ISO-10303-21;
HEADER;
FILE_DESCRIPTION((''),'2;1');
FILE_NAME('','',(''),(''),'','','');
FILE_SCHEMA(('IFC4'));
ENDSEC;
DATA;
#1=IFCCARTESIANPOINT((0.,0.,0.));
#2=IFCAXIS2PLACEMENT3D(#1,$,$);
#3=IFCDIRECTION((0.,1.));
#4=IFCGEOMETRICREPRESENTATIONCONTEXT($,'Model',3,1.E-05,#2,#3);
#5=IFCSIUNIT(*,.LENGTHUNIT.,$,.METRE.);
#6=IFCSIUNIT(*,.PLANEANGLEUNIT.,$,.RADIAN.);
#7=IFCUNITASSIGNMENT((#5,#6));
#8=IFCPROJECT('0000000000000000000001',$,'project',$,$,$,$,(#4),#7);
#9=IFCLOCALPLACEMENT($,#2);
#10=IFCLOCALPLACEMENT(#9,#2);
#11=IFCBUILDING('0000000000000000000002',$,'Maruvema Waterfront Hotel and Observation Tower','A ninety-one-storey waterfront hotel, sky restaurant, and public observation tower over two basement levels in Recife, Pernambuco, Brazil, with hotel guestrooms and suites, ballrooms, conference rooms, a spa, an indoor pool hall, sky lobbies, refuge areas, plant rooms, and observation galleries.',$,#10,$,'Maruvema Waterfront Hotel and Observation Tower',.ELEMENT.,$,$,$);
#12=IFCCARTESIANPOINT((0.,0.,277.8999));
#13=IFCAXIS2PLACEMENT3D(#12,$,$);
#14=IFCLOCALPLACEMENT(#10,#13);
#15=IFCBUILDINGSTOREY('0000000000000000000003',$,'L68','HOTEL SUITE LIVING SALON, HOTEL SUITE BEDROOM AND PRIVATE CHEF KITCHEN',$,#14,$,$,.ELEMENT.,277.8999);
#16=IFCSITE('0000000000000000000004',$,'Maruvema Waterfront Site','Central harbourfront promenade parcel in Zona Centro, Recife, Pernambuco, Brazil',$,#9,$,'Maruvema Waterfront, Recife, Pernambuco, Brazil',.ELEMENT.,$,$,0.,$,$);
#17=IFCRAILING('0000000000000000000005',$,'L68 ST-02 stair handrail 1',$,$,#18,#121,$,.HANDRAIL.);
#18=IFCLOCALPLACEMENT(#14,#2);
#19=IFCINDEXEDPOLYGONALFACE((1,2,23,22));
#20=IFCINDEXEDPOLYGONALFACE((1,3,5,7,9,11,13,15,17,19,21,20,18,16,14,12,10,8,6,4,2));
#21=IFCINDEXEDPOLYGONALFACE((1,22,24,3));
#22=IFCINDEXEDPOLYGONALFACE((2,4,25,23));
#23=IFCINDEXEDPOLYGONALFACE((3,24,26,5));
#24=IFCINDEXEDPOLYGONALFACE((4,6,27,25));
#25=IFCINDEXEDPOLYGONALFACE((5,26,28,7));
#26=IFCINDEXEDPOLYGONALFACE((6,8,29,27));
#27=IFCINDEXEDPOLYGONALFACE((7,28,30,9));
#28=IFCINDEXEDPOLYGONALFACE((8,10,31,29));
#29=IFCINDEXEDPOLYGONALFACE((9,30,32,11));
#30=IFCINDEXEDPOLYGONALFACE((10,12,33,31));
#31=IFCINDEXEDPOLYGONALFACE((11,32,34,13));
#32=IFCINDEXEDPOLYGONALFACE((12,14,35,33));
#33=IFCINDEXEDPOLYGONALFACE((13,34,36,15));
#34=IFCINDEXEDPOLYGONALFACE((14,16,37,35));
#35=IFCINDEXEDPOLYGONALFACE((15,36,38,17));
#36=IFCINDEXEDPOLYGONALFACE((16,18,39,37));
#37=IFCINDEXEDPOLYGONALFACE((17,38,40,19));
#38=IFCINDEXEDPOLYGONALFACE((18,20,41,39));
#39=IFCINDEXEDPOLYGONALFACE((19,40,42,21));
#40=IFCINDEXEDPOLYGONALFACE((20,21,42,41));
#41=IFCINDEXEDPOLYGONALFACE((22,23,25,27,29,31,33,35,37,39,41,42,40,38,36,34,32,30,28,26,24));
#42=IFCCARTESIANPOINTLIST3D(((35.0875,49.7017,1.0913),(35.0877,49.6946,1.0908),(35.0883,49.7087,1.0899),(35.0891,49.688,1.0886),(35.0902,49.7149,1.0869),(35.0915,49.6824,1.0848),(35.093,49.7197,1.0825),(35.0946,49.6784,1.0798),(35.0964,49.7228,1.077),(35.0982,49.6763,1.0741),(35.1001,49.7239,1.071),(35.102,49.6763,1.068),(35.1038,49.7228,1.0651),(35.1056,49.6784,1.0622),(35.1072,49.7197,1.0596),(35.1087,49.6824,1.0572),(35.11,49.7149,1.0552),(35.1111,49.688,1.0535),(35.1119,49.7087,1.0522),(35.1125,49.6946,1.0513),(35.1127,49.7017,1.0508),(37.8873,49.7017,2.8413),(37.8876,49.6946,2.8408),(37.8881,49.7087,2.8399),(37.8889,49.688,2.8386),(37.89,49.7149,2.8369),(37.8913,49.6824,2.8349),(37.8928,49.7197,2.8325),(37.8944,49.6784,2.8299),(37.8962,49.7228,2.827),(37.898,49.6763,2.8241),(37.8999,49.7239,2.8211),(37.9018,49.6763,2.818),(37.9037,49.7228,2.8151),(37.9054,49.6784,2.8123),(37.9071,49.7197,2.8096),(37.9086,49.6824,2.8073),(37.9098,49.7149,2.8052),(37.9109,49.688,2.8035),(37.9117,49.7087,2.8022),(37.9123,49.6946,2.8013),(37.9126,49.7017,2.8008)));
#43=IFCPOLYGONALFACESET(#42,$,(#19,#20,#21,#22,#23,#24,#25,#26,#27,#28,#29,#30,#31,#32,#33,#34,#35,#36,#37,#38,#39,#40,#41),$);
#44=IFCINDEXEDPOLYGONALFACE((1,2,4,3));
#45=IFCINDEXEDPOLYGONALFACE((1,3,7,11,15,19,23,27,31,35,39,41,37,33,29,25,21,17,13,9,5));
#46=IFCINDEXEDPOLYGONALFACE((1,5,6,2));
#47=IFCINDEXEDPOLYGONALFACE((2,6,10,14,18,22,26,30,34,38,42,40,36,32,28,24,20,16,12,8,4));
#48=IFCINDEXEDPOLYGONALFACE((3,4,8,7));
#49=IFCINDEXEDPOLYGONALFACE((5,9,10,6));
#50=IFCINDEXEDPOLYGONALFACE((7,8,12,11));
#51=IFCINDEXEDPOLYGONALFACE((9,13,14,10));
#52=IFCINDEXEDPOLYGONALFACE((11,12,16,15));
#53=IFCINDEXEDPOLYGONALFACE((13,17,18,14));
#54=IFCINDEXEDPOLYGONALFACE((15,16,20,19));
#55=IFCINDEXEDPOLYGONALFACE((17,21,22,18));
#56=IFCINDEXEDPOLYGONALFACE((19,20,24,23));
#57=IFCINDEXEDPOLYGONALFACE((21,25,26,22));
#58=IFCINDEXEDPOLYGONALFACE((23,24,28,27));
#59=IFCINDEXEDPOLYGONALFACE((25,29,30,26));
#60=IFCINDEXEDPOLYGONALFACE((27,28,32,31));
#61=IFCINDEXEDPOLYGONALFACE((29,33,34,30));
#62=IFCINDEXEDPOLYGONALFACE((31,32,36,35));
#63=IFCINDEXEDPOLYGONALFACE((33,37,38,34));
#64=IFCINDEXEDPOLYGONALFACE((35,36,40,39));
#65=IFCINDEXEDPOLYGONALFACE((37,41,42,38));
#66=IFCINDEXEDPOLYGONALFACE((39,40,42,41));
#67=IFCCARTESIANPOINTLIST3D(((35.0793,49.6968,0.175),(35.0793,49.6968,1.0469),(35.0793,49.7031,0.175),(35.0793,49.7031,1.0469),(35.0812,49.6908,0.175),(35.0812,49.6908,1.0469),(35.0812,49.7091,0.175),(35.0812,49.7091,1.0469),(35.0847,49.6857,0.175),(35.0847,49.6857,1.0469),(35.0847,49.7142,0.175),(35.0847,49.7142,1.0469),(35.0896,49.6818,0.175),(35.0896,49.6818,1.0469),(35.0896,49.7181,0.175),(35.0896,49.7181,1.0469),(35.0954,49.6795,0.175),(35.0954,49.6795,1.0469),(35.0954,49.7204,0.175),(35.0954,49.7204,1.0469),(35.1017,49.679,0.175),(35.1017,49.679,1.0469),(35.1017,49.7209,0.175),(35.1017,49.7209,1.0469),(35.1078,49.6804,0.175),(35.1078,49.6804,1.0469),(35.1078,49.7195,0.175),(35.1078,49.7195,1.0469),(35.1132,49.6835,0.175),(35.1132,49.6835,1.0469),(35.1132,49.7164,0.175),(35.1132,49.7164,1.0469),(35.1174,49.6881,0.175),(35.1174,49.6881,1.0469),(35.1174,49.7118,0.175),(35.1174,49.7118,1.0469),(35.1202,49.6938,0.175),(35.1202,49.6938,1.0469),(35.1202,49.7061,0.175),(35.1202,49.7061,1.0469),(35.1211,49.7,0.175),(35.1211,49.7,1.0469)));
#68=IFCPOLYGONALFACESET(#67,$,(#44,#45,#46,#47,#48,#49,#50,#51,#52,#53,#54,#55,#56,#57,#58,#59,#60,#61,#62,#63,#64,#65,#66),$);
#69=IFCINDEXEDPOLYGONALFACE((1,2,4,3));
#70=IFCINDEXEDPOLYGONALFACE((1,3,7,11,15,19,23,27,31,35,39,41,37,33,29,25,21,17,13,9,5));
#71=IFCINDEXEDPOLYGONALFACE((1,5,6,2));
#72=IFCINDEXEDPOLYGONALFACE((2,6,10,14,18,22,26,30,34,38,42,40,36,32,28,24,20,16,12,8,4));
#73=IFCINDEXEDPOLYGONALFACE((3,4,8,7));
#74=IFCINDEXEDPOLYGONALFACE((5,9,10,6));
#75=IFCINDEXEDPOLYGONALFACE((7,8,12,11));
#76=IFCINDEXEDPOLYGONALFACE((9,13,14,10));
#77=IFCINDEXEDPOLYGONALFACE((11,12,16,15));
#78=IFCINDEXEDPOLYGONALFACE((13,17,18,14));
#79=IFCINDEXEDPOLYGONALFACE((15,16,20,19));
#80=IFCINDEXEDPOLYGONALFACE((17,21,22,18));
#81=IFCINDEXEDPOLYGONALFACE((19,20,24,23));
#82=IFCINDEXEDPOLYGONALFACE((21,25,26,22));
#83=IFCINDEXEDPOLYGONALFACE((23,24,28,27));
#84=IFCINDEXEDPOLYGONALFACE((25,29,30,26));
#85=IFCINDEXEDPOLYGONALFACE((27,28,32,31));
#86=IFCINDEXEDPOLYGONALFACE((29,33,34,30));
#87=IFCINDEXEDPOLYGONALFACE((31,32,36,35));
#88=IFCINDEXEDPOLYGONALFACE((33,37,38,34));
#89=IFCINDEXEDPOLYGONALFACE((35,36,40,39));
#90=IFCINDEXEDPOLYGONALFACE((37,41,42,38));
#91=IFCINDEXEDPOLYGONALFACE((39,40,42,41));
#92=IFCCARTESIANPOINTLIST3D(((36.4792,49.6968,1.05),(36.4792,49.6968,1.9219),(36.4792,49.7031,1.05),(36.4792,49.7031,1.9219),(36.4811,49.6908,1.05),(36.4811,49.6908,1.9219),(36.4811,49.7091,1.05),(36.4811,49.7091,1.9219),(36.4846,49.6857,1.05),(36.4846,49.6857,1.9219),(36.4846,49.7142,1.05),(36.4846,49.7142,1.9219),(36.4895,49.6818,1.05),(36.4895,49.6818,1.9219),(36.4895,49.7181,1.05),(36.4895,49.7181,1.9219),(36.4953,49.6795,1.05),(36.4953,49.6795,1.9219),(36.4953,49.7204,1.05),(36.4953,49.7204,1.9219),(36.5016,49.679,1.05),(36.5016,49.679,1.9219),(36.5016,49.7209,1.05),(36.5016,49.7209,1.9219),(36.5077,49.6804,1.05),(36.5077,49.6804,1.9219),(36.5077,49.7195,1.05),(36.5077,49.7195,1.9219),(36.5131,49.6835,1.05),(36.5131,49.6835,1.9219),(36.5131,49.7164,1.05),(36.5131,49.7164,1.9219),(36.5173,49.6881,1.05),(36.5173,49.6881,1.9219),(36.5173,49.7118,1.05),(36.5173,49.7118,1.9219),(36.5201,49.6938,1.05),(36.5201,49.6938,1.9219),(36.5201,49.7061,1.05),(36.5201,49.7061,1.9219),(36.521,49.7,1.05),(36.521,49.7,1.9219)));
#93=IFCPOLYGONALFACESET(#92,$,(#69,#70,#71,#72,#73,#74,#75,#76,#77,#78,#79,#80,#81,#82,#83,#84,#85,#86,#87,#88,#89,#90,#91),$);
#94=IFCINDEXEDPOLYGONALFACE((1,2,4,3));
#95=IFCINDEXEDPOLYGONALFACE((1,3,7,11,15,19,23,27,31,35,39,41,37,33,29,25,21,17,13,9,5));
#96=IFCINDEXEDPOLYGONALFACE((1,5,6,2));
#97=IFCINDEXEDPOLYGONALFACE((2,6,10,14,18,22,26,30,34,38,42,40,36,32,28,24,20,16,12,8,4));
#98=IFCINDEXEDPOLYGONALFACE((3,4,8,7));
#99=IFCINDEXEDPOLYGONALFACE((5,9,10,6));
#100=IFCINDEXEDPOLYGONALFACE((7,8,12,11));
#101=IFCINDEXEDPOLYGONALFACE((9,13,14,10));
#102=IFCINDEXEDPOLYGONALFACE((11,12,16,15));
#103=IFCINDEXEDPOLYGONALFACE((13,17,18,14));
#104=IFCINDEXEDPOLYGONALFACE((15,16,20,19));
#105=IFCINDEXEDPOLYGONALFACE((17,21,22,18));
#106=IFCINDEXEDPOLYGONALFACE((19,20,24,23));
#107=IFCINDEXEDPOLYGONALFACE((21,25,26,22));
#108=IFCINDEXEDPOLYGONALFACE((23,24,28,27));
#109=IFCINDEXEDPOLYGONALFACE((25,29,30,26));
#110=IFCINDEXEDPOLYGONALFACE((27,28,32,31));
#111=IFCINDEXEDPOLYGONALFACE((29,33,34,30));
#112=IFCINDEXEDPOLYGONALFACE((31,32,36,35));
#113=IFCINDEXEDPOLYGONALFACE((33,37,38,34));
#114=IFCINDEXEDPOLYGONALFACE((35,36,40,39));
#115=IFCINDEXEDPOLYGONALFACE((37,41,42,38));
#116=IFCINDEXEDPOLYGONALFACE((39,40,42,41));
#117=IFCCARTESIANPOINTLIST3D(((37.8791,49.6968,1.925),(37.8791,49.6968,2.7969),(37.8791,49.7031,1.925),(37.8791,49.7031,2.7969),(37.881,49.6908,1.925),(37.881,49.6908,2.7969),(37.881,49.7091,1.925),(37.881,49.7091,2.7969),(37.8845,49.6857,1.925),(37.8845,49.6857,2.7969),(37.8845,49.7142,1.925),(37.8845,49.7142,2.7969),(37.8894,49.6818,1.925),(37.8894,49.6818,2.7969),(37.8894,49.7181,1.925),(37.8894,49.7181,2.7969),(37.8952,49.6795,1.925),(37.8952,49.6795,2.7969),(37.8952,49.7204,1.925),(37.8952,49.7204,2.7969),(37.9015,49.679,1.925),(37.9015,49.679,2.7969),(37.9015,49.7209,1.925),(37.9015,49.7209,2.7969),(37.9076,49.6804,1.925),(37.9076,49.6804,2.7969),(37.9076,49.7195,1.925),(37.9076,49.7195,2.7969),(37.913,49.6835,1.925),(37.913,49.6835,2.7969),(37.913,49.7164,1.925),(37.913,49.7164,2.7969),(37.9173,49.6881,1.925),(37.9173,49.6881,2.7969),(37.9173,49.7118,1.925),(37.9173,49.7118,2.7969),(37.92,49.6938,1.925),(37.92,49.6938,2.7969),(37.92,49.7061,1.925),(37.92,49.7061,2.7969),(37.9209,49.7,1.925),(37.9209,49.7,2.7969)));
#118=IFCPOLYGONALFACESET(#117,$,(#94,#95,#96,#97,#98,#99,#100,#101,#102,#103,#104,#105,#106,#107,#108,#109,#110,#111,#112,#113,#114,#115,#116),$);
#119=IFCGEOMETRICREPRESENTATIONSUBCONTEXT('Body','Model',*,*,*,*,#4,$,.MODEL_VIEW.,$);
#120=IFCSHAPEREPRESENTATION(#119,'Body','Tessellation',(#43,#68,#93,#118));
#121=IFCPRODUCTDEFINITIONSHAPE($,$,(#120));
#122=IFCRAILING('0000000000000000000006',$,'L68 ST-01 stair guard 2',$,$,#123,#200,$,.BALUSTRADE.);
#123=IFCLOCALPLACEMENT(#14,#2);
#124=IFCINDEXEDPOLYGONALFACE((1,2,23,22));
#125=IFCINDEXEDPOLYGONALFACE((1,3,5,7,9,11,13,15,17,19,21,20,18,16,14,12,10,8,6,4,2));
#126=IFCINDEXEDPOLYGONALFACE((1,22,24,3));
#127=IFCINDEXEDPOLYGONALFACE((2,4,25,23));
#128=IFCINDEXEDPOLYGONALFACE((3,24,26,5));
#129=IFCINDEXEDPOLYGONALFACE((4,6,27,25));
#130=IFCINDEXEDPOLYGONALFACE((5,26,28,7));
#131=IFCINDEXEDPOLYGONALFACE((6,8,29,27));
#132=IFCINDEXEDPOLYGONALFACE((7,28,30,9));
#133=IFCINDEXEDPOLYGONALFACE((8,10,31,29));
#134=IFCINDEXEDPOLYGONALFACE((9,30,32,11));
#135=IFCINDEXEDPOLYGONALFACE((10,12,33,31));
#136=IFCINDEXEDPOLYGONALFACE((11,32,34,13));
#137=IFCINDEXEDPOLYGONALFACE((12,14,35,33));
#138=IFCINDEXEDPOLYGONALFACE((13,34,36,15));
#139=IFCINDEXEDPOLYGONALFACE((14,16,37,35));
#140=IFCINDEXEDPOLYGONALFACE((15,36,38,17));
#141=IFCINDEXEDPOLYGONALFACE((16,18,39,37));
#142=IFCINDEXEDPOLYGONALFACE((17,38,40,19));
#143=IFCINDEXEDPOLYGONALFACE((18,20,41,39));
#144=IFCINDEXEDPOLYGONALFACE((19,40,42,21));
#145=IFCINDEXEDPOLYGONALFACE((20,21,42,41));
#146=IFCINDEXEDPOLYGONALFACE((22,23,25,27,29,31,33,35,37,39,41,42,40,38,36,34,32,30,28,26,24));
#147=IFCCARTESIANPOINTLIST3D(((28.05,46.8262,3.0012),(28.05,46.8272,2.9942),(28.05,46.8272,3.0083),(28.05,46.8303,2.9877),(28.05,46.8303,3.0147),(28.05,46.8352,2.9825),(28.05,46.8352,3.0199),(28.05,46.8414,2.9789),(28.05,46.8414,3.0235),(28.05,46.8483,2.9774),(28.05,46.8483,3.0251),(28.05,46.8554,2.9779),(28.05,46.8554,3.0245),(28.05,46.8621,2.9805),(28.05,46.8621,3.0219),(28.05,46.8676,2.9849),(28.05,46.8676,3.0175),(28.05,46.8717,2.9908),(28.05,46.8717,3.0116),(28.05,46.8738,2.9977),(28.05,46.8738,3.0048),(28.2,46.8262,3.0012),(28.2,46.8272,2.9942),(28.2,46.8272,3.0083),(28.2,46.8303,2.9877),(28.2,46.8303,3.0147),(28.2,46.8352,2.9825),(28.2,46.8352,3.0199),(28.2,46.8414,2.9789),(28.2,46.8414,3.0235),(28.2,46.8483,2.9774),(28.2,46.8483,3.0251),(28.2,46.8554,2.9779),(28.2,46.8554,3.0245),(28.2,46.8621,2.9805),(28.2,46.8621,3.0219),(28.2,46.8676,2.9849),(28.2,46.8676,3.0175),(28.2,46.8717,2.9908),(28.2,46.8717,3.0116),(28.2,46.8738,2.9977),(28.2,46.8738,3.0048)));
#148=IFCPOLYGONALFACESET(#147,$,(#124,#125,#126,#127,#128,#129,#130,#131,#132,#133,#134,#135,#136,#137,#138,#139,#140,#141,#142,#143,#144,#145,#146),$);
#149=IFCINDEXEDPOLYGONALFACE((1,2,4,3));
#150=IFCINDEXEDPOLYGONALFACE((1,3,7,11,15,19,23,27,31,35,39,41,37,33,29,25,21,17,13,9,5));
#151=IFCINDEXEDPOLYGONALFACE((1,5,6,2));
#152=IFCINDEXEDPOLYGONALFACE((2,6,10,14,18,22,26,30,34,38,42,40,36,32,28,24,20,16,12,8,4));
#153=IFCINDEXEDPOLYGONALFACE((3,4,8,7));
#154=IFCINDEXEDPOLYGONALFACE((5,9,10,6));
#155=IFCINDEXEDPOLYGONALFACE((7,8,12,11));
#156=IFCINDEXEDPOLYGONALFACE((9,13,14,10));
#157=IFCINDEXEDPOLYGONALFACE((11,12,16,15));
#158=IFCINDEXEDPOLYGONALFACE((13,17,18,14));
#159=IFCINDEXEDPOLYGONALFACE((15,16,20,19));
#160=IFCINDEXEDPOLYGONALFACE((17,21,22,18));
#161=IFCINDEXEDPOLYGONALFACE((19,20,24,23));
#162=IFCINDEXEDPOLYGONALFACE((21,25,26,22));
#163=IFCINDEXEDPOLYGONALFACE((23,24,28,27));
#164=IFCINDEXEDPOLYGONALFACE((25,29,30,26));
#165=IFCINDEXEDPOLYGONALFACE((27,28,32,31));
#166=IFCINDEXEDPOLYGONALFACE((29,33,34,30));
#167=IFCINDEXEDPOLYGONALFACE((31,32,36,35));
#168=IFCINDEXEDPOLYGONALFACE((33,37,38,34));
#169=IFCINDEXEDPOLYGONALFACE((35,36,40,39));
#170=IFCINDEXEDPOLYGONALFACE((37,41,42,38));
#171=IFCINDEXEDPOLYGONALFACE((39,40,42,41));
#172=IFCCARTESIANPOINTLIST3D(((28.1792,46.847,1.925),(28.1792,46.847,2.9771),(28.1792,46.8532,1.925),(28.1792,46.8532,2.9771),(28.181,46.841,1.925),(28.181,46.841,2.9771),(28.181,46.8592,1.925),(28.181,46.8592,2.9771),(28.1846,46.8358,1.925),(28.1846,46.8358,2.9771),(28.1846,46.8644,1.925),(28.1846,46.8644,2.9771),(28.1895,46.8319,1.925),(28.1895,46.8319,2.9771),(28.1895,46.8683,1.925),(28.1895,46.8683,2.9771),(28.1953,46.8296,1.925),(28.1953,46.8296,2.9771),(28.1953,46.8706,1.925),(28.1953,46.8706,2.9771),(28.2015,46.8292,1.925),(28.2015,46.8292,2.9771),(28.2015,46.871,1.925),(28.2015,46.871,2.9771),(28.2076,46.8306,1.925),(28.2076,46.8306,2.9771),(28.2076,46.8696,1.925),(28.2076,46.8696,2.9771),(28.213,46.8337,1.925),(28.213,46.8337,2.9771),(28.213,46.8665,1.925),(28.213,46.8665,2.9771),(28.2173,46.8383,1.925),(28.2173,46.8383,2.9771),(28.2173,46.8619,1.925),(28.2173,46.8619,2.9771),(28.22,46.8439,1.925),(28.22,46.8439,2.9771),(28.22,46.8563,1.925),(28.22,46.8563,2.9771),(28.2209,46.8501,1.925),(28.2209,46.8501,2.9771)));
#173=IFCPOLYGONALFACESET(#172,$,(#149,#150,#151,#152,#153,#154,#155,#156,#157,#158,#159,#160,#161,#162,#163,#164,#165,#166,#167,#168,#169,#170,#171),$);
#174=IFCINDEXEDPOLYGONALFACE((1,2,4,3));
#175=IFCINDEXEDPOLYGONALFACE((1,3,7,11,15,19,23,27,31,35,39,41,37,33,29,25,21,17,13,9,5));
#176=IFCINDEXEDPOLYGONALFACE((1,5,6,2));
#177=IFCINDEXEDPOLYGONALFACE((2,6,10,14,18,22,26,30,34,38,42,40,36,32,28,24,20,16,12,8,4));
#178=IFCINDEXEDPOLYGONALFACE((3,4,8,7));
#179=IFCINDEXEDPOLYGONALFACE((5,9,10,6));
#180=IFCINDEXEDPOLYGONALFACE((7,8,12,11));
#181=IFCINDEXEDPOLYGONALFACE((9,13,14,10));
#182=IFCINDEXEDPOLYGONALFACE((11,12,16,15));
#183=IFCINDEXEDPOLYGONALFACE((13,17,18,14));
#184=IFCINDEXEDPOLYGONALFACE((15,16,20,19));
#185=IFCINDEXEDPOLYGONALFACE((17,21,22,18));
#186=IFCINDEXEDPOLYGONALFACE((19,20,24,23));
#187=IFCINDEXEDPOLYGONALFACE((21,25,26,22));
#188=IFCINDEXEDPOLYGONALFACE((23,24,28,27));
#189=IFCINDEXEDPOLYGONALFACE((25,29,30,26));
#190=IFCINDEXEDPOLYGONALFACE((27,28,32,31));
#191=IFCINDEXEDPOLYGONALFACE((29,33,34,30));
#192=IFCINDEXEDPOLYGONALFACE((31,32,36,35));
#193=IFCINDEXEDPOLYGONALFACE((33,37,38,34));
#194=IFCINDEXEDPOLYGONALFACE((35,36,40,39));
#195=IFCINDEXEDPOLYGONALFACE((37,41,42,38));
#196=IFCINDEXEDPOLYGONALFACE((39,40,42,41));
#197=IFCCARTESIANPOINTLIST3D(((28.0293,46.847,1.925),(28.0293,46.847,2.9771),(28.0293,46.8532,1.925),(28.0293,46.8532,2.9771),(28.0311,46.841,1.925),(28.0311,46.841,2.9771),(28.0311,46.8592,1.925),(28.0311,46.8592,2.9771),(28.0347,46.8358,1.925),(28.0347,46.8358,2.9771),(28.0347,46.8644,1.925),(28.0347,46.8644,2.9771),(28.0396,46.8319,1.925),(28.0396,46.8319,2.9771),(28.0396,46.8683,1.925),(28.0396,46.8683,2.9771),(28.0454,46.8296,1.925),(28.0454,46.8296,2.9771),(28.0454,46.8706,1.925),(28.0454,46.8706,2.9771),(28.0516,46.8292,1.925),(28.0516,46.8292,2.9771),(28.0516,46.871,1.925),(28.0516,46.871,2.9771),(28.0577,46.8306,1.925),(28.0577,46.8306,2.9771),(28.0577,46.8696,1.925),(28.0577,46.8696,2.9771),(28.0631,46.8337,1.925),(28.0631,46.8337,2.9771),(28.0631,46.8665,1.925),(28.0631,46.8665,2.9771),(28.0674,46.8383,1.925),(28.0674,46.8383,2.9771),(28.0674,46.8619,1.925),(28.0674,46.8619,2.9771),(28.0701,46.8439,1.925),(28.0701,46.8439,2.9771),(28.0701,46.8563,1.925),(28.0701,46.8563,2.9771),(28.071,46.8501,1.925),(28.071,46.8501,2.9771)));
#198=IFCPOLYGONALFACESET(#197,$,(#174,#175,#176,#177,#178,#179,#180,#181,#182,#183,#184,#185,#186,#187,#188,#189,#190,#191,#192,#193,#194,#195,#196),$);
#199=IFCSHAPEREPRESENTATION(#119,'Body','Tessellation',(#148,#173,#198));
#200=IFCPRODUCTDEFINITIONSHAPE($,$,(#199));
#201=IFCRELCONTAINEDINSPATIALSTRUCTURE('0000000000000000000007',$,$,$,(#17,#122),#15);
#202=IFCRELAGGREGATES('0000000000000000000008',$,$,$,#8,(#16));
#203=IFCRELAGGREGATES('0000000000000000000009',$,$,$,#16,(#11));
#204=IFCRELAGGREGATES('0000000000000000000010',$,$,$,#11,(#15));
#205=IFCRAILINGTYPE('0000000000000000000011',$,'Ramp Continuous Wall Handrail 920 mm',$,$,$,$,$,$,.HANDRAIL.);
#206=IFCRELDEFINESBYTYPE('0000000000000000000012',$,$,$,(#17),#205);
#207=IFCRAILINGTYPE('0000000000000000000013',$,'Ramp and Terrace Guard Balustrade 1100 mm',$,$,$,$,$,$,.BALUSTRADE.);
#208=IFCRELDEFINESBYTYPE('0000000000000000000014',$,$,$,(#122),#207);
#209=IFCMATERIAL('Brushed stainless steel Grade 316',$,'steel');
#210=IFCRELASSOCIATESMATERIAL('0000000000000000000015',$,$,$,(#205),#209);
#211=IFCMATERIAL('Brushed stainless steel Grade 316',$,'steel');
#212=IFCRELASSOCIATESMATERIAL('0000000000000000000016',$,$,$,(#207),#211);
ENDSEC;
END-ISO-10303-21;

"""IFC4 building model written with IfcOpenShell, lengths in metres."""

from ifc_helpers import new_model, si_unit, direction, frame, origin, origin_2d, place, context, subcontext, project, spatial, circle, extrude, material, type_object, element, save


model = new_model("IFC4")

# Units and contexts
model_context = context("Model", 3, precision=1e-05, world=origin(), true_north=direction((0.0, 1.0)))
body_context = subcontext(model_context, "Body", "Model", "MODEL_VIEW")
ifc_project = project(units=[si_unit("LENGTHUNIT", "METRE"), si_unit("PLANEANGLEUNIT", "RADIAN")], contexts=[model_context])

# Site, building, storey
site_placement = place(None, origin())
site = spatial("IfcSite", under=ifc_project, at=site_placement, Name="Maruvema Waterfront Site", Description="Central harbourfront promenade parcel in Zona Centro, Recife, Pernambuco, Brazil", LongName="Maruvema Waterfront, Recife, Pernambuco, Brazil", CompositionType="ELEMENT", RefElevation=0.0)
building_placement = place(site_placement, origin())
building = spatial("IfcBuilding", under=site, at=building_placement, Name="Maruvema Waterfront Hotel and Observation Tower", Description="A ninety-one-storey waterfront hotel, sky restaurant, and public observation tower over two basement levels in Recife, Pernambuco, Brazil, with hotel guestrooms and suites, ballrooms, conference rooms, a spa, an indoor pool hall, sky lobbies, refuge areas, plant rooms, and observation galleries.", LongName="Maruvema Waterfront Hotel and Observation Tower", CompositionType="ELEMENT")
storey_placement = place(building_placement, frame((0.0, 0.0, 277.8999)))
storey = spatial("IfcBuildingStorey", under=building, at=storey_placement, Name="L68", Description="HOTEL SUITE LIVING SALON, HOTEL SUITE BEDROOM AND PRIVATE CHEF KITCHEN", CompositionType="ELEMENT", Elevation=277.8999)

# Railings
ifc_material_1 = material(Name="Brushed stainless steel Grade 316", Category="steel")
railing_type_1 = type_object("IfcRailingType", Name="Ramp Continuous Wall Handrail 920 mm", PredefinedType="HANDRAIL", material=ifc_material_1)
railing_1_placement = place(storey_placement, frame((35.1001, 49.7, 0.175)))
element("IfcRailing", 1, at=railing_1_placement, inside=storey, type_object=railing_type_1, Name="L68 ST-02 stair handrail 1", PredefinedType="HANDRAIL", context=body_context, shape_type="SweptSolid", body=[
    extrude(circle(Radius=0.0239, at=origin_2d()), frame((0.0, 0.0, 0.896), z_axis=(0.847982, 0.0, 0.530026), x_axis=(0.0, 1.0, 0.0)), (0.0, 0.0, 1.0), 3.3018),
    extrude(circle(Radius=0.021, at=origin_2d()), origin(), (0.0, 0.0, 1.0), 0.8718),
    extrude(circle(Radius=0.021, at=origin_2d()), frame((1.3999, 0.0, 0.875)), (0.0, 0.0, 1.0), 0.8718),
    extrude(circle(Radius=0.021, at=origin_2d()), frame((2.7998, 0.0, 1.75)), (0.0, 0.0, 1.0), 0.8718),
])
ifc_material_2 = material(Name="Brushed stainless steel Grade 316", Category="steel")
railing_type_2 = type_object("IfcRailingType", Name="Ramp and Terrace Guard Balustrade 1100 mm", PredefinedType="BALUSTRADE", material=ifc_material_2)
railing_2_placement = place(storey_placement, frame((28.2, 46.8501, 1.925)))
element("IfcRailing", 2, at=railing_2_placement, inside=storey, type_object=railing_type_2, Name="L68 ST-01 stair guard 2", PredefinedType="BALUSTRADE", context=body_context, shape_type="SweptSolid", body=[
    extrude(circle(Radius=0.0239, at=origin_2d()), frame((0.0, 0.0, 1.0762), z_axis=(-1.0, 0.0, 0.0), x_axis=(0.0, -1.0, 0.0)), (0.0, 0.0, 1.0), 0.1499),
    extrude(circle(Radius=0.021, at=origin_2d()), origin(), (0.0, 0.0, 1.0), 1.052),
    extrude(circle(Radius=0.021, at=origin_2d()), frame((-0.1499, 0.0, 0.0)), (0.0, 0.0, 1.0), 1.052),
])

save(model, "model.ifc")
